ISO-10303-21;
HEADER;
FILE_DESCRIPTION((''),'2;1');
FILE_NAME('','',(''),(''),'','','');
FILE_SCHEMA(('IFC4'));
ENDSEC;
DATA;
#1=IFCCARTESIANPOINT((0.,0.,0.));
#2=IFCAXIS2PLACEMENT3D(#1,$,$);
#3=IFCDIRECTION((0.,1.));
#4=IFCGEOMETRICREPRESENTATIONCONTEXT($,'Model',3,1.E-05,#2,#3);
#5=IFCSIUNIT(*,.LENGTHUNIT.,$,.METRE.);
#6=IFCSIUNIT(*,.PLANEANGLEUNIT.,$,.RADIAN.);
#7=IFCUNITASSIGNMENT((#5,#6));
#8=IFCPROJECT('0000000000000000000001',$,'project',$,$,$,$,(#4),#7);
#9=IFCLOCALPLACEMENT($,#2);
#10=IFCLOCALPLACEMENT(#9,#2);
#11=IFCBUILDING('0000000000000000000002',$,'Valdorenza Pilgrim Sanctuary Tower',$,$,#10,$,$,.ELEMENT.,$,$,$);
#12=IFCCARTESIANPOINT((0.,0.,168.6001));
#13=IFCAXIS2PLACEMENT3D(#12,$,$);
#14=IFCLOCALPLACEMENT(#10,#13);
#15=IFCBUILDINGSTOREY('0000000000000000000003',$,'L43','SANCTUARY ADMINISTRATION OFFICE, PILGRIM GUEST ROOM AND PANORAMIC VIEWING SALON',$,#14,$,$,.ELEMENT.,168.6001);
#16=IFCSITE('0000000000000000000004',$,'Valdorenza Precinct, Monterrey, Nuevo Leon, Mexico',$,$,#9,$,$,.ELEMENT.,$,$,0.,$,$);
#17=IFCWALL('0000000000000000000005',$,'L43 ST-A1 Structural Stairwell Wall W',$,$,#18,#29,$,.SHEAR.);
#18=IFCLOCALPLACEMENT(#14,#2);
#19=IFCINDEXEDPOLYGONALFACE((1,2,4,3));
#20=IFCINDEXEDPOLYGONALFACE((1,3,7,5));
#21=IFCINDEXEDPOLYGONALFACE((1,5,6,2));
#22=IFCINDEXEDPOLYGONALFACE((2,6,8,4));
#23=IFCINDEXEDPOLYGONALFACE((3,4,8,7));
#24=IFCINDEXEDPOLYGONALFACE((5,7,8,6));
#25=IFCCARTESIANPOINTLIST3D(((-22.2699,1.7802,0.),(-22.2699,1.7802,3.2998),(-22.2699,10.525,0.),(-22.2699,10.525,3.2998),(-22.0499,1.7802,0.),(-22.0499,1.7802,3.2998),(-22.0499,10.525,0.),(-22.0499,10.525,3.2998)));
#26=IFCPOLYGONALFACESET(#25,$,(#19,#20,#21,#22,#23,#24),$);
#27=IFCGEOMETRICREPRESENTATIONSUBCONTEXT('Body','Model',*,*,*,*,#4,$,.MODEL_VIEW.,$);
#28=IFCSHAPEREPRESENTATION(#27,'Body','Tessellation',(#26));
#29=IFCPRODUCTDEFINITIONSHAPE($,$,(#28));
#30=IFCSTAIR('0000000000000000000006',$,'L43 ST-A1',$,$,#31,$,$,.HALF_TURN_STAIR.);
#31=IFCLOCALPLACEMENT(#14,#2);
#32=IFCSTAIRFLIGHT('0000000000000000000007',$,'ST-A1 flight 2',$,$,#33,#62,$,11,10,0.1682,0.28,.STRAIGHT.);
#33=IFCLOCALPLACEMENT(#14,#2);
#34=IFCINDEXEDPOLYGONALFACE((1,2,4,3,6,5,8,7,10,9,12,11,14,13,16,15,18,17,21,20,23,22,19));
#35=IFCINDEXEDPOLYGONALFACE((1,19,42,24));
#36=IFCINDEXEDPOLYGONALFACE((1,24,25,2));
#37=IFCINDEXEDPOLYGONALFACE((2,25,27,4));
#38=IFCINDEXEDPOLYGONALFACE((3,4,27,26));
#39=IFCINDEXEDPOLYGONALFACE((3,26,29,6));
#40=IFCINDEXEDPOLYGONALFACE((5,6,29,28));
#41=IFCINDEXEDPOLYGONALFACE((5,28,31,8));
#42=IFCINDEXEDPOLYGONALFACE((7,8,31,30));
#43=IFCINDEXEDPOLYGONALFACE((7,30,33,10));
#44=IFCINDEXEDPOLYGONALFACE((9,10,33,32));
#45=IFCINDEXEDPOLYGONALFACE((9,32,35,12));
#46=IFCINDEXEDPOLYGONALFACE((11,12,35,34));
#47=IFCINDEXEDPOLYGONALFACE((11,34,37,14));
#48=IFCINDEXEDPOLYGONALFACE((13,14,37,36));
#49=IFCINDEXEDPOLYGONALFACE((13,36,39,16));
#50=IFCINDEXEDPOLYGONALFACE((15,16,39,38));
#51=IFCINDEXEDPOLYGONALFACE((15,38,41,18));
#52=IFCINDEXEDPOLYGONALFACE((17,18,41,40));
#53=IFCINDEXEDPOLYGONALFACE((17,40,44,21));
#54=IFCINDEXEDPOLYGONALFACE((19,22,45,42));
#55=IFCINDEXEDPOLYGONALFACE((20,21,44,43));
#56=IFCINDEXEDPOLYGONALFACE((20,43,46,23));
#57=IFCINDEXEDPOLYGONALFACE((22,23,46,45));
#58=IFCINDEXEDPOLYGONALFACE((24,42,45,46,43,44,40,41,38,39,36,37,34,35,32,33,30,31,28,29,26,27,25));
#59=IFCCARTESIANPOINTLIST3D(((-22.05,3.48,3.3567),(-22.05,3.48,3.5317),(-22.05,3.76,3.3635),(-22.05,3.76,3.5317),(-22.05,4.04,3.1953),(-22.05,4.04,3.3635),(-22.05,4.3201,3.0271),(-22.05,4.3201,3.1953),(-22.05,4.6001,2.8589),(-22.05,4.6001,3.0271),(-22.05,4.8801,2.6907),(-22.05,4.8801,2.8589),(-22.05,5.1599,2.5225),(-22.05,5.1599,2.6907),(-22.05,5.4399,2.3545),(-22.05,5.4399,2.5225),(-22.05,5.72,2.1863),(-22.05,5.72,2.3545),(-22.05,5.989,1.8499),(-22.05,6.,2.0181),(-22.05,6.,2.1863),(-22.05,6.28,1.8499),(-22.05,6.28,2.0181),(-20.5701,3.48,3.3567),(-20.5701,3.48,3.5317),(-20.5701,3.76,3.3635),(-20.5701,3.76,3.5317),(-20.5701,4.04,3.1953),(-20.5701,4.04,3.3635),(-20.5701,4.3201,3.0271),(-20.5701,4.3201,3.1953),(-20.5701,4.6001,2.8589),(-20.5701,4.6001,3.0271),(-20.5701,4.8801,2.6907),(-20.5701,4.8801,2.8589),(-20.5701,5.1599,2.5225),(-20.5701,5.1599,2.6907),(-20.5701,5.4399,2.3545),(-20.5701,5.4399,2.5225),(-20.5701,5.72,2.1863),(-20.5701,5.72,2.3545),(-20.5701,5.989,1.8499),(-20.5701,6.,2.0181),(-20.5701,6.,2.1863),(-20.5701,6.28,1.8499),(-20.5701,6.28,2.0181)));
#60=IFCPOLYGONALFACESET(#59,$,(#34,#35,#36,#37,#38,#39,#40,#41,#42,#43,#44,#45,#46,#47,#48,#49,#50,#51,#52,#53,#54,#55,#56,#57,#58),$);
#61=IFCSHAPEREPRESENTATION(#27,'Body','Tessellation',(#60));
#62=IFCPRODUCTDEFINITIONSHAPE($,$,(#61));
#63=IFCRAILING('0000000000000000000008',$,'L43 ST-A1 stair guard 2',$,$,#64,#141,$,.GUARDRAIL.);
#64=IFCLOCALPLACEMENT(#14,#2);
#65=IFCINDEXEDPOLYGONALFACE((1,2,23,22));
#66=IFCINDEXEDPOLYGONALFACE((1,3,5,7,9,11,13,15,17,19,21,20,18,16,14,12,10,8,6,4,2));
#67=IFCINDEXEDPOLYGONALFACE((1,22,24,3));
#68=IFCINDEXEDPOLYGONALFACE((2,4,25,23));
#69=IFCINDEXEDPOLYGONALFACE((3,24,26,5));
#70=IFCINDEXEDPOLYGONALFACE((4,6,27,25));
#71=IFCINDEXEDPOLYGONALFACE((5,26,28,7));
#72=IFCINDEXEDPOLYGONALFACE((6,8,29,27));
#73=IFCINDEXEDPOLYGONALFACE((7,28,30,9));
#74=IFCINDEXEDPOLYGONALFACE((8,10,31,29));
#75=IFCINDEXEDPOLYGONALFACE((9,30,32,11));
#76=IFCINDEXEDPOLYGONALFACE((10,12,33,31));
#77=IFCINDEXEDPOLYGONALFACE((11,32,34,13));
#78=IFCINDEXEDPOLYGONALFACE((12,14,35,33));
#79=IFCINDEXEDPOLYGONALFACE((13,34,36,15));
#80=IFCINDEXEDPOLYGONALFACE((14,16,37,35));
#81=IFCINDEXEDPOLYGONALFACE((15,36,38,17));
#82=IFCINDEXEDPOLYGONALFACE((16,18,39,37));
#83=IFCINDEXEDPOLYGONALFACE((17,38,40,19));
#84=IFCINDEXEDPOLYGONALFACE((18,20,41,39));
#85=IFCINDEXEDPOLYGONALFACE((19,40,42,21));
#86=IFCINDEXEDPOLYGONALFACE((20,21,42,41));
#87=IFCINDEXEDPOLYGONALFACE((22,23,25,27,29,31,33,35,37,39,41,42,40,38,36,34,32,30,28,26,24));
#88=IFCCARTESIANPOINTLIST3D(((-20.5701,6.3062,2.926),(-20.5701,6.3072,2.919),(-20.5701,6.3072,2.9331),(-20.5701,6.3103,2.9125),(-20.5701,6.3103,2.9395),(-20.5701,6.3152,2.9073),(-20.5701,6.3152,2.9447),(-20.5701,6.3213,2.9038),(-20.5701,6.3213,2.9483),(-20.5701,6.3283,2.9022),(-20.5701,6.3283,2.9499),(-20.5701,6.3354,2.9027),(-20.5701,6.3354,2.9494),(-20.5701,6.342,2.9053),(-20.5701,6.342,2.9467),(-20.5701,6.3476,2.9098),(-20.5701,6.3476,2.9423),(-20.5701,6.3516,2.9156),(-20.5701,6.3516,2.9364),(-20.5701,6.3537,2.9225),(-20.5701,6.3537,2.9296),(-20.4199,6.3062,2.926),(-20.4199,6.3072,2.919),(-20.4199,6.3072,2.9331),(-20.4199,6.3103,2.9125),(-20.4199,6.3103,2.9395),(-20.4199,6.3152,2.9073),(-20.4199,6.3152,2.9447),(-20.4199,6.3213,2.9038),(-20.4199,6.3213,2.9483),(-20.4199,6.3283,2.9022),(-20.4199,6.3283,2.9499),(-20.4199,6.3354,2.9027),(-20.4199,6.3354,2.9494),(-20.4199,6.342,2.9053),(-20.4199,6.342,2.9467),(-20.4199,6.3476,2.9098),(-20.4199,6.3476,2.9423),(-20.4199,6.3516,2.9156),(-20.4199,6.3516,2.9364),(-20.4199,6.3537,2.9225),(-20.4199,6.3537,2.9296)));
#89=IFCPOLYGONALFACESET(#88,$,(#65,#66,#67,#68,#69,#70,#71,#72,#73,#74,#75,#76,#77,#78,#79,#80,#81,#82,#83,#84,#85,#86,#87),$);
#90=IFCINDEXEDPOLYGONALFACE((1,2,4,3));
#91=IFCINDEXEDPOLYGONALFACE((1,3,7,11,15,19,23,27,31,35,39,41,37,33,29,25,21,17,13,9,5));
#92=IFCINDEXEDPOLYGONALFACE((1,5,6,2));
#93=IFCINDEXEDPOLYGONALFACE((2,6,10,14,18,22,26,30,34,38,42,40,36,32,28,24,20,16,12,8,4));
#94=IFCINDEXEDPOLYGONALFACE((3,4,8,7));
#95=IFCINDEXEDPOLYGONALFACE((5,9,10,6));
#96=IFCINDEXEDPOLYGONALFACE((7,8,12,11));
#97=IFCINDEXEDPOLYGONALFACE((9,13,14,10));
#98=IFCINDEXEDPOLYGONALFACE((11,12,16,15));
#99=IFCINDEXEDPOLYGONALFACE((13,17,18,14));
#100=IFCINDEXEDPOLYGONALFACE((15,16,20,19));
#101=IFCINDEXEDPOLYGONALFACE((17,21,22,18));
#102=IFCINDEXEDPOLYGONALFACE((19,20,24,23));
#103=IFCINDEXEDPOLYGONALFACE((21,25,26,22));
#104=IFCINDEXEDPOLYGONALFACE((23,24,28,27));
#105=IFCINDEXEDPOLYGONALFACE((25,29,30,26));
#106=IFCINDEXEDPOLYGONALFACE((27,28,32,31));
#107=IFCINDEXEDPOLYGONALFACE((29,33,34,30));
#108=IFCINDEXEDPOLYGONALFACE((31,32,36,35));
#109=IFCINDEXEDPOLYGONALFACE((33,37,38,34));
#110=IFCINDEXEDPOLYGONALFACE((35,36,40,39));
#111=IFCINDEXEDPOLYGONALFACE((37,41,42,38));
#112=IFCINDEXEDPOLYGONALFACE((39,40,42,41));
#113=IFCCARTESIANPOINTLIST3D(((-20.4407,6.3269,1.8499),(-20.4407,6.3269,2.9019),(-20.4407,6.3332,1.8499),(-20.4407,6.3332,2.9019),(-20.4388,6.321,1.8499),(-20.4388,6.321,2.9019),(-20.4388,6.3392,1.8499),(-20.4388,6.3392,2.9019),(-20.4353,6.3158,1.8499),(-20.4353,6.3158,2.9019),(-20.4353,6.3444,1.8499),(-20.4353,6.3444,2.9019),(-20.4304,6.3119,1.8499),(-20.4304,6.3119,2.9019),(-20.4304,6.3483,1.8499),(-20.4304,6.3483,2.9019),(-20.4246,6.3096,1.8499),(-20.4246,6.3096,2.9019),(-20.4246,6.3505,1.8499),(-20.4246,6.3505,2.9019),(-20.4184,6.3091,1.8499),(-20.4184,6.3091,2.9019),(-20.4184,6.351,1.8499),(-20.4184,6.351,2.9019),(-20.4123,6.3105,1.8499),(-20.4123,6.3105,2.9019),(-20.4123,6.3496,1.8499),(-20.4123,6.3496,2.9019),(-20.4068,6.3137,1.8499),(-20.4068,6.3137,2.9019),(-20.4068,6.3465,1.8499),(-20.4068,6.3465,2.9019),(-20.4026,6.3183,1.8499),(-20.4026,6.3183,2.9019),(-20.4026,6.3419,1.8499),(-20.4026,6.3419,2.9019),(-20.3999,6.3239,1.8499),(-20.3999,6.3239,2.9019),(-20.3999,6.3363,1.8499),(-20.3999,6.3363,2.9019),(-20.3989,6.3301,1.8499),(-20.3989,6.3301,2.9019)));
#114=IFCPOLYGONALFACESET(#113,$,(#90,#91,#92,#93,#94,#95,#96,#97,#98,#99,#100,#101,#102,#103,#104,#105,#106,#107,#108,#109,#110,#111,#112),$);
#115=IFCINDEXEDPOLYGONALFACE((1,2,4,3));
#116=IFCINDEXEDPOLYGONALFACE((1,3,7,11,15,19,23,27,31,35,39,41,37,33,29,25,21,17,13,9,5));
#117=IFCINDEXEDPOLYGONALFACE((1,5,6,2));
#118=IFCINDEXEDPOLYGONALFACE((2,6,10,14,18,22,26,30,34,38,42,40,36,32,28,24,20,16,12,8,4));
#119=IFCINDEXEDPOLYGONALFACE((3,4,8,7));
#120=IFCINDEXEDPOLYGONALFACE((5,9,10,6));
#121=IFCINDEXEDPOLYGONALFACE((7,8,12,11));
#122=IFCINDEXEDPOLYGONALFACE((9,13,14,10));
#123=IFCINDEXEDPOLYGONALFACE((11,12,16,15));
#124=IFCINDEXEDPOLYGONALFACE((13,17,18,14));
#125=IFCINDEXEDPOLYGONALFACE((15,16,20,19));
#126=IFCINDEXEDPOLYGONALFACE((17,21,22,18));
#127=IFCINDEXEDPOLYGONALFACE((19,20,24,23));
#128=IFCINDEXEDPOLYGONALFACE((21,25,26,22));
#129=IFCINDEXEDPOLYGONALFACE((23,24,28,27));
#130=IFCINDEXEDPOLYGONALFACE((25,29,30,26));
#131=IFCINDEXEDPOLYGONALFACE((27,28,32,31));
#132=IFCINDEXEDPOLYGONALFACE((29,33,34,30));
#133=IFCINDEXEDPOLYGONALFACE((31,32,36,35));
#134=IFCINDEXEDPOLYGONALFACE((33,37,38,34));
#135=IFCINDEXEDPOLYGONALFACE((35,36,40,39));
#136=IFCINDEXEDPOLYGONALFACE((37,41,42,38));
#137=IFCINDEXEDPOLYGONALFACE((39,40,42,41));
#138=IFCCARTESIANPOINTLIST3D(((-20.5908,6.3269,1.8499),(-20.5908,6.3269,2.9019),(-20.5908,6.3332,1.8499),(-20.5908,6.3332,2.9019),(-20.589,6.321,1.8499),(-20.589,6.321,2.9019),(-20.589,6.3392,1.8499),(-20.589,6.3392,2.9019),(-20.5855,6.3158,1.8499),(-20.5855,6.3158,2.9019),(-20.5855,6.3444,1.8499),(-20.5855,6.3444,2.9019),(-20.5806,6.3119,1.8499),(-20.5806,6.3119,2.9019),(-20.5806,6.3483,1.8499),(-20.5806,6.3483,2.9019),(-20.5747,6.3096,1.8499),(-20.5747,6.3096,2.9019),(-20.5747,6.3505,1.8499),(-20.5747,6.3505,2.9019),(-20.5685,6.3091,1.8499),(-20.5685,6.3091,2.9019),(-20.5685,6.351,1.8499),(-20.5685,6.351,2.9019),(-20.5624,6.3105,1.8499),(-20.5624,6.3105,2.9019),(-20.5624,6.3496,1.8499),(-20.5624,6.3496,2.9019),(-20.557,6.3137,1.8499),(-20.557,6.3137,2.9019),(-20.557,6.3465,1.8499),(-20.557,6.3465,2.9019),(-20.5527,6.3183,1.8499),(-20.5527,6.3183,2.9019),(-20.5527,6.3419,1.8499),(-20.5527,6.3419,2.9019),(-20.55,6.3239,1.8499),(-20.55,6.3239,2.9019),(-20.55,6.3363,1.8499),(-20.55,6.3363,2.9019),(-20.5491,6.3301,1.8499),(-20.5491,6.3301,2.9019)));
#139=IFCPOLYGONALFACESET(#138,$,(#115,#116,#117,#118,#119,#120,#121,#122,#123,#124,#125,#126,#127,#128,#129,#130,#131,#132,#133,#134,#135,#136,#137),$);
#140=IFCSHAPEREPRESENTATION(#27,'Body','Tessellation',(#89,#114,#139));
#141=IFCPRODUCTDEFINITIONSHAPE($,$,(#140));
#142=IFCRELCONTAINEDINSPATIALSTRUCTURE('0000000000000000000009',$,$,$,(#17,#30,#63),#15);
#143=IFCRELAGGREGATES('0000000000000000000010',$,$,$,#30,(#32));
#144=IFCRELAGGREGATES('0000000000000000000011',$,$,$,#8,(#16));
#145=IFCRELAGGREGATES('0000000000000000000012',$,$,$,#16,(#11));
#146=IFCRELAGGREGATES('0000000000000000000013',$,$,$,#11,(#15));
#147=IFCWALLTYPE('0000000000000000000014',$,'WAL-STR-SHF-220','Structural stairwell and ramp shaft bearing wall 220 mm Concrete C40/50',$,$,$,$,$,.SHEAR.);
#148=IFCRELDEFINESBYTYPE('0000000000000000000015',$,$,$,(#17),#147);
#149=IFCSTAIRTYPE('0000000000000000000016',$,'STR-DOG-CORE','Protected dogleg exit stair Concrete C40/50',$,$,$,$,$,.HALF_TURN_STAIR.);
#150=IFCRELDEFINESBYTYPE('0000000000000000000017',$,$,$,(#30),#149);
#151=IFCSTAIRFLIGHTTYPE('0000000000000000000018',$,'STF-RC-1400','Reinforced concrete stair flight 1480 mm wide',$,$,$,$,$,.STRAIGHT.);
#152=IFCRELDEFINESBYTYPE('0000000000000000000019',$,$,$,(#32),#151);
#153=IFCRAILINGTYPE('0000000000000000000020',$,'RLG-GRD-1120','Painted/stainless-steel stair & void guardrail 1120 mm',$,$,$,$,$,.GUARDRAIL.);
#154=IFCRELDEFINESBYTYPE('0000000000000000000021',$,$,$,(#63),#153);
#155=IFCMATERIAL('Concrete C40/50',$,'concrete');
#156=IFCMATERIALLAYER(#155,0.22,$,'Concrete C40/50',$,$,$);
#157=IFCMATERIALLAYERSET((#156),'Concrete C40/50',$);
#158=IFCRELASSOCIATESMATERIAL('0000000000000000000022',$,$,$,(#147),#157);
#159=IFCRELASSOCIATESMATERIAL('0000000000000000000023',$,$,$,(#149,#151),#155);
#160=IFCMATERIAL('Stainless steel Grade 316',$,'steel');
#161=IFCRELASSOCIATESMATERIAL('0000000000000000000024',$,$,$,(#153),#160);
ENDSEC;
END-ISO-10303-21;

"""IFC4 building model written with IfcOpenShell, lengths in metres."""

from ifc_helpers import new_model, si_unit, direction, frame, frame_2d, origin, origin_2d, place, context, subcontext, project, spatial, polyline, rectangle, circle, outline, extrude, material, layer, layer_set, type_object, element, aggregate, save


model = new_model("IFC4")

# Units and contexts
model_context = context("Model", 3, precision=1e-05, world=origin(), true_north=direction((0.0, 1.0)))
body_context = subcontext(model_context, "Body", "Model", "MODEL_VIEW")
ifc_project = project(units=[si_unit("LENGTHUNIT", "METRE"), si_unit("PLANEANGLEUNIT", "RADIAN")], contexts=[model_context])

# Site, building, storey
site_placement = place(None, origin())
site = spatial("IfcSite", under=ifc_project, at=site_placement, Name="Valdorenza Precinct, Monterrey, Nuevo Leon, Mexico", CompositionType="ELEMENT", RefElevation=0.0)
building_placement = place(site_placement, origin())
building = spatial("IfcBuilding", under=site, at=building_placement, Name="Valdorenza Pilgrim Sanctuary Tower", CompositionType="ELEMENT")
storey_placement = place(building_placement, frame((0.0, 0.0, 168.6001)))
storey = spatial("IfcBuildingStorey", under=building, at=storey_placement, Name="L43", Description="SANCTUARY ADMINISTRATION OFFICE, PILGRIM GUEST ROOM AND PANORAMIC VIEWING SALON", CompositionType="ELEMENT", Elevation=168.6001)

# Wall
ifc_material_1 = material(Name="Concrete C40/50", Category="concrete")
ifc_layer_1 = layer(ifc_material_1, 0.22, Name="Concrete C40/50")
ifc_layer_set_1 = layer_set([ifc_layer_1], Name="Concrete C40/50")
wall_type_1 = type_object("IfcWallType", Name="WAL-STR-SHF-220", Description="Structural stairwell and ramp shaft bearing wall 220 mm Concrete C40/50", PredefinedType="SHEAR", material=ifc_layer_set_1)
wall_1_placement = place(storey_placement, frame((-22.1599, 1.78, 0.0), z_axis=(0.0, 0.0, 1.0), x_axis=(0.0, 1.0, 0.0)))
element("IfcWall", 1, at=wall_1_placement, inside=storey, type_object=wall_type_1, Name="L43 ST-A1 Structural Stairwell Wall W", PredefinedType="SHEAR", context=body_context, shape_type="SweptSolid", body=[
    extrude(rectangle(XDim=8.7449, YDim=0.22, at=frame_2d((4.3726, 0.0))), origin(), (0.0, 0.0, 1.0), 3.2998),
])

# Stair, stair flight
stair_type = type_object("IfcStairType", Name="STR-DOG-CORE", Description="Protected dogleg exit stair Concrete C40/50", PredefinedType="HALF_TURN_STAIR", material=ifc_material_1)
stair_placement = place(storey_placement, origin())
stair = element("IfcStair", 2, at=stair_placement, inside=storey, type_object=stair_type, Name="L43 ST-A1", PredefinedType="HALF_TURN_STAIR")
stair_flight_type = type_object("IfcStairFlightType", Name="STF-RC-1400", Description="Reinforced concrete stair flight 1480 mm wide", PredefinedType="STRAIGHT", material=ifc_material_1)
stair_flight_placement = place(storey_placement, frame((-21.3101, 6.28, 1.8499), z_axis=(0.0, 0.0, 1.0), x_axis=(0.0, -1.0, 0.0)))
stair_flight = element("IfcStairFlight", 3, at=stair_flight_placement, type_object=stair_flight_type, Name="ST-A1 flight 2", NumberOfRisers=11, NumberOfTreads=10, PredefinedType="STRAIGHT", RiserHeight=0.1682, TreadLength=0.28, context=body_context, shape_type="SweptSolid", body=[
    extrude(outline(polyline([(0.0, 0.0), (0.0, 0.1682), (0.28, 0.1682), (0.28, 0.3364), (0.5601, 0.3364), (0.5601, 0.5046), (0.8401, 0.5046), (0.8401, 0.6726), (1.1201, 0.6726), (1.1201, 0.8408), (1.3999, 0.8408), (1.3999, 1.009), (1.6799, 1.009), (1.6799, 1.1772), (1.96, 1.1772), (1.96, 1.3455), (2.24, 1.3455), (2.24, 1.5137), (2.52, 1.5137), (2.52, 1.6819), (2.8, 1.6819), (2.8, 1.8501), (2.8, 1.5068), (0.291, 0.0), (0.0, 0.0)])), frame((0.0, 0.74, 0.0), z_axis=(0.0, -1.0, 0.0), x_axis=(1.0, 0.0, 0.0)), (0.0, 0.0, 1.0), 1.48),
])
aggregate(stair, [stair_flight])

# Railing
ifc_material_2 = material(Name="Stainless steel Grade 316", Category="steel")
railing_type_1 = type_object("IfcRailingType", Name="RLG-GRD-1120", Description="Painted/stainless-steel stair & void guardrail 1120 mm", PredefinedType="GUARDRAIL", material=ifc_material_2)
railing_1_placement = place(storey_placement, frame((-20.4199, 6.3301, 1.8499)))
element("IfcRailing", 4, at=railing_1_placement, inside=storey, type_object=railing_type_1, Name="L43 ST-A1 stair guard 2", PredefinedType="GUARDRAIL", context=body_context, shape_type="SweptSolid", body=[
    extrude(circle(Radius=0.0239, at=origin_2d()), frame((0.0, 0.0, 1.0762), z_axis=(-1.0, 0.0, 0.0), x_axis=(0.0, -1.0, 0.0)), (0.0, 0.0, 1.0), 0.1501),
    extrude(circle(Radius=0.021, at=origin_2d()), origin(), (0.0, 0.0, 1.0), 1.052),
    extrude(circle(Radius=0.021, at=origin_2d()), frame((-0.1501, 0.0, 0.0)), (0.0, 0.0, 1.0), 1.052),
])

save(model, "model.ifc")
